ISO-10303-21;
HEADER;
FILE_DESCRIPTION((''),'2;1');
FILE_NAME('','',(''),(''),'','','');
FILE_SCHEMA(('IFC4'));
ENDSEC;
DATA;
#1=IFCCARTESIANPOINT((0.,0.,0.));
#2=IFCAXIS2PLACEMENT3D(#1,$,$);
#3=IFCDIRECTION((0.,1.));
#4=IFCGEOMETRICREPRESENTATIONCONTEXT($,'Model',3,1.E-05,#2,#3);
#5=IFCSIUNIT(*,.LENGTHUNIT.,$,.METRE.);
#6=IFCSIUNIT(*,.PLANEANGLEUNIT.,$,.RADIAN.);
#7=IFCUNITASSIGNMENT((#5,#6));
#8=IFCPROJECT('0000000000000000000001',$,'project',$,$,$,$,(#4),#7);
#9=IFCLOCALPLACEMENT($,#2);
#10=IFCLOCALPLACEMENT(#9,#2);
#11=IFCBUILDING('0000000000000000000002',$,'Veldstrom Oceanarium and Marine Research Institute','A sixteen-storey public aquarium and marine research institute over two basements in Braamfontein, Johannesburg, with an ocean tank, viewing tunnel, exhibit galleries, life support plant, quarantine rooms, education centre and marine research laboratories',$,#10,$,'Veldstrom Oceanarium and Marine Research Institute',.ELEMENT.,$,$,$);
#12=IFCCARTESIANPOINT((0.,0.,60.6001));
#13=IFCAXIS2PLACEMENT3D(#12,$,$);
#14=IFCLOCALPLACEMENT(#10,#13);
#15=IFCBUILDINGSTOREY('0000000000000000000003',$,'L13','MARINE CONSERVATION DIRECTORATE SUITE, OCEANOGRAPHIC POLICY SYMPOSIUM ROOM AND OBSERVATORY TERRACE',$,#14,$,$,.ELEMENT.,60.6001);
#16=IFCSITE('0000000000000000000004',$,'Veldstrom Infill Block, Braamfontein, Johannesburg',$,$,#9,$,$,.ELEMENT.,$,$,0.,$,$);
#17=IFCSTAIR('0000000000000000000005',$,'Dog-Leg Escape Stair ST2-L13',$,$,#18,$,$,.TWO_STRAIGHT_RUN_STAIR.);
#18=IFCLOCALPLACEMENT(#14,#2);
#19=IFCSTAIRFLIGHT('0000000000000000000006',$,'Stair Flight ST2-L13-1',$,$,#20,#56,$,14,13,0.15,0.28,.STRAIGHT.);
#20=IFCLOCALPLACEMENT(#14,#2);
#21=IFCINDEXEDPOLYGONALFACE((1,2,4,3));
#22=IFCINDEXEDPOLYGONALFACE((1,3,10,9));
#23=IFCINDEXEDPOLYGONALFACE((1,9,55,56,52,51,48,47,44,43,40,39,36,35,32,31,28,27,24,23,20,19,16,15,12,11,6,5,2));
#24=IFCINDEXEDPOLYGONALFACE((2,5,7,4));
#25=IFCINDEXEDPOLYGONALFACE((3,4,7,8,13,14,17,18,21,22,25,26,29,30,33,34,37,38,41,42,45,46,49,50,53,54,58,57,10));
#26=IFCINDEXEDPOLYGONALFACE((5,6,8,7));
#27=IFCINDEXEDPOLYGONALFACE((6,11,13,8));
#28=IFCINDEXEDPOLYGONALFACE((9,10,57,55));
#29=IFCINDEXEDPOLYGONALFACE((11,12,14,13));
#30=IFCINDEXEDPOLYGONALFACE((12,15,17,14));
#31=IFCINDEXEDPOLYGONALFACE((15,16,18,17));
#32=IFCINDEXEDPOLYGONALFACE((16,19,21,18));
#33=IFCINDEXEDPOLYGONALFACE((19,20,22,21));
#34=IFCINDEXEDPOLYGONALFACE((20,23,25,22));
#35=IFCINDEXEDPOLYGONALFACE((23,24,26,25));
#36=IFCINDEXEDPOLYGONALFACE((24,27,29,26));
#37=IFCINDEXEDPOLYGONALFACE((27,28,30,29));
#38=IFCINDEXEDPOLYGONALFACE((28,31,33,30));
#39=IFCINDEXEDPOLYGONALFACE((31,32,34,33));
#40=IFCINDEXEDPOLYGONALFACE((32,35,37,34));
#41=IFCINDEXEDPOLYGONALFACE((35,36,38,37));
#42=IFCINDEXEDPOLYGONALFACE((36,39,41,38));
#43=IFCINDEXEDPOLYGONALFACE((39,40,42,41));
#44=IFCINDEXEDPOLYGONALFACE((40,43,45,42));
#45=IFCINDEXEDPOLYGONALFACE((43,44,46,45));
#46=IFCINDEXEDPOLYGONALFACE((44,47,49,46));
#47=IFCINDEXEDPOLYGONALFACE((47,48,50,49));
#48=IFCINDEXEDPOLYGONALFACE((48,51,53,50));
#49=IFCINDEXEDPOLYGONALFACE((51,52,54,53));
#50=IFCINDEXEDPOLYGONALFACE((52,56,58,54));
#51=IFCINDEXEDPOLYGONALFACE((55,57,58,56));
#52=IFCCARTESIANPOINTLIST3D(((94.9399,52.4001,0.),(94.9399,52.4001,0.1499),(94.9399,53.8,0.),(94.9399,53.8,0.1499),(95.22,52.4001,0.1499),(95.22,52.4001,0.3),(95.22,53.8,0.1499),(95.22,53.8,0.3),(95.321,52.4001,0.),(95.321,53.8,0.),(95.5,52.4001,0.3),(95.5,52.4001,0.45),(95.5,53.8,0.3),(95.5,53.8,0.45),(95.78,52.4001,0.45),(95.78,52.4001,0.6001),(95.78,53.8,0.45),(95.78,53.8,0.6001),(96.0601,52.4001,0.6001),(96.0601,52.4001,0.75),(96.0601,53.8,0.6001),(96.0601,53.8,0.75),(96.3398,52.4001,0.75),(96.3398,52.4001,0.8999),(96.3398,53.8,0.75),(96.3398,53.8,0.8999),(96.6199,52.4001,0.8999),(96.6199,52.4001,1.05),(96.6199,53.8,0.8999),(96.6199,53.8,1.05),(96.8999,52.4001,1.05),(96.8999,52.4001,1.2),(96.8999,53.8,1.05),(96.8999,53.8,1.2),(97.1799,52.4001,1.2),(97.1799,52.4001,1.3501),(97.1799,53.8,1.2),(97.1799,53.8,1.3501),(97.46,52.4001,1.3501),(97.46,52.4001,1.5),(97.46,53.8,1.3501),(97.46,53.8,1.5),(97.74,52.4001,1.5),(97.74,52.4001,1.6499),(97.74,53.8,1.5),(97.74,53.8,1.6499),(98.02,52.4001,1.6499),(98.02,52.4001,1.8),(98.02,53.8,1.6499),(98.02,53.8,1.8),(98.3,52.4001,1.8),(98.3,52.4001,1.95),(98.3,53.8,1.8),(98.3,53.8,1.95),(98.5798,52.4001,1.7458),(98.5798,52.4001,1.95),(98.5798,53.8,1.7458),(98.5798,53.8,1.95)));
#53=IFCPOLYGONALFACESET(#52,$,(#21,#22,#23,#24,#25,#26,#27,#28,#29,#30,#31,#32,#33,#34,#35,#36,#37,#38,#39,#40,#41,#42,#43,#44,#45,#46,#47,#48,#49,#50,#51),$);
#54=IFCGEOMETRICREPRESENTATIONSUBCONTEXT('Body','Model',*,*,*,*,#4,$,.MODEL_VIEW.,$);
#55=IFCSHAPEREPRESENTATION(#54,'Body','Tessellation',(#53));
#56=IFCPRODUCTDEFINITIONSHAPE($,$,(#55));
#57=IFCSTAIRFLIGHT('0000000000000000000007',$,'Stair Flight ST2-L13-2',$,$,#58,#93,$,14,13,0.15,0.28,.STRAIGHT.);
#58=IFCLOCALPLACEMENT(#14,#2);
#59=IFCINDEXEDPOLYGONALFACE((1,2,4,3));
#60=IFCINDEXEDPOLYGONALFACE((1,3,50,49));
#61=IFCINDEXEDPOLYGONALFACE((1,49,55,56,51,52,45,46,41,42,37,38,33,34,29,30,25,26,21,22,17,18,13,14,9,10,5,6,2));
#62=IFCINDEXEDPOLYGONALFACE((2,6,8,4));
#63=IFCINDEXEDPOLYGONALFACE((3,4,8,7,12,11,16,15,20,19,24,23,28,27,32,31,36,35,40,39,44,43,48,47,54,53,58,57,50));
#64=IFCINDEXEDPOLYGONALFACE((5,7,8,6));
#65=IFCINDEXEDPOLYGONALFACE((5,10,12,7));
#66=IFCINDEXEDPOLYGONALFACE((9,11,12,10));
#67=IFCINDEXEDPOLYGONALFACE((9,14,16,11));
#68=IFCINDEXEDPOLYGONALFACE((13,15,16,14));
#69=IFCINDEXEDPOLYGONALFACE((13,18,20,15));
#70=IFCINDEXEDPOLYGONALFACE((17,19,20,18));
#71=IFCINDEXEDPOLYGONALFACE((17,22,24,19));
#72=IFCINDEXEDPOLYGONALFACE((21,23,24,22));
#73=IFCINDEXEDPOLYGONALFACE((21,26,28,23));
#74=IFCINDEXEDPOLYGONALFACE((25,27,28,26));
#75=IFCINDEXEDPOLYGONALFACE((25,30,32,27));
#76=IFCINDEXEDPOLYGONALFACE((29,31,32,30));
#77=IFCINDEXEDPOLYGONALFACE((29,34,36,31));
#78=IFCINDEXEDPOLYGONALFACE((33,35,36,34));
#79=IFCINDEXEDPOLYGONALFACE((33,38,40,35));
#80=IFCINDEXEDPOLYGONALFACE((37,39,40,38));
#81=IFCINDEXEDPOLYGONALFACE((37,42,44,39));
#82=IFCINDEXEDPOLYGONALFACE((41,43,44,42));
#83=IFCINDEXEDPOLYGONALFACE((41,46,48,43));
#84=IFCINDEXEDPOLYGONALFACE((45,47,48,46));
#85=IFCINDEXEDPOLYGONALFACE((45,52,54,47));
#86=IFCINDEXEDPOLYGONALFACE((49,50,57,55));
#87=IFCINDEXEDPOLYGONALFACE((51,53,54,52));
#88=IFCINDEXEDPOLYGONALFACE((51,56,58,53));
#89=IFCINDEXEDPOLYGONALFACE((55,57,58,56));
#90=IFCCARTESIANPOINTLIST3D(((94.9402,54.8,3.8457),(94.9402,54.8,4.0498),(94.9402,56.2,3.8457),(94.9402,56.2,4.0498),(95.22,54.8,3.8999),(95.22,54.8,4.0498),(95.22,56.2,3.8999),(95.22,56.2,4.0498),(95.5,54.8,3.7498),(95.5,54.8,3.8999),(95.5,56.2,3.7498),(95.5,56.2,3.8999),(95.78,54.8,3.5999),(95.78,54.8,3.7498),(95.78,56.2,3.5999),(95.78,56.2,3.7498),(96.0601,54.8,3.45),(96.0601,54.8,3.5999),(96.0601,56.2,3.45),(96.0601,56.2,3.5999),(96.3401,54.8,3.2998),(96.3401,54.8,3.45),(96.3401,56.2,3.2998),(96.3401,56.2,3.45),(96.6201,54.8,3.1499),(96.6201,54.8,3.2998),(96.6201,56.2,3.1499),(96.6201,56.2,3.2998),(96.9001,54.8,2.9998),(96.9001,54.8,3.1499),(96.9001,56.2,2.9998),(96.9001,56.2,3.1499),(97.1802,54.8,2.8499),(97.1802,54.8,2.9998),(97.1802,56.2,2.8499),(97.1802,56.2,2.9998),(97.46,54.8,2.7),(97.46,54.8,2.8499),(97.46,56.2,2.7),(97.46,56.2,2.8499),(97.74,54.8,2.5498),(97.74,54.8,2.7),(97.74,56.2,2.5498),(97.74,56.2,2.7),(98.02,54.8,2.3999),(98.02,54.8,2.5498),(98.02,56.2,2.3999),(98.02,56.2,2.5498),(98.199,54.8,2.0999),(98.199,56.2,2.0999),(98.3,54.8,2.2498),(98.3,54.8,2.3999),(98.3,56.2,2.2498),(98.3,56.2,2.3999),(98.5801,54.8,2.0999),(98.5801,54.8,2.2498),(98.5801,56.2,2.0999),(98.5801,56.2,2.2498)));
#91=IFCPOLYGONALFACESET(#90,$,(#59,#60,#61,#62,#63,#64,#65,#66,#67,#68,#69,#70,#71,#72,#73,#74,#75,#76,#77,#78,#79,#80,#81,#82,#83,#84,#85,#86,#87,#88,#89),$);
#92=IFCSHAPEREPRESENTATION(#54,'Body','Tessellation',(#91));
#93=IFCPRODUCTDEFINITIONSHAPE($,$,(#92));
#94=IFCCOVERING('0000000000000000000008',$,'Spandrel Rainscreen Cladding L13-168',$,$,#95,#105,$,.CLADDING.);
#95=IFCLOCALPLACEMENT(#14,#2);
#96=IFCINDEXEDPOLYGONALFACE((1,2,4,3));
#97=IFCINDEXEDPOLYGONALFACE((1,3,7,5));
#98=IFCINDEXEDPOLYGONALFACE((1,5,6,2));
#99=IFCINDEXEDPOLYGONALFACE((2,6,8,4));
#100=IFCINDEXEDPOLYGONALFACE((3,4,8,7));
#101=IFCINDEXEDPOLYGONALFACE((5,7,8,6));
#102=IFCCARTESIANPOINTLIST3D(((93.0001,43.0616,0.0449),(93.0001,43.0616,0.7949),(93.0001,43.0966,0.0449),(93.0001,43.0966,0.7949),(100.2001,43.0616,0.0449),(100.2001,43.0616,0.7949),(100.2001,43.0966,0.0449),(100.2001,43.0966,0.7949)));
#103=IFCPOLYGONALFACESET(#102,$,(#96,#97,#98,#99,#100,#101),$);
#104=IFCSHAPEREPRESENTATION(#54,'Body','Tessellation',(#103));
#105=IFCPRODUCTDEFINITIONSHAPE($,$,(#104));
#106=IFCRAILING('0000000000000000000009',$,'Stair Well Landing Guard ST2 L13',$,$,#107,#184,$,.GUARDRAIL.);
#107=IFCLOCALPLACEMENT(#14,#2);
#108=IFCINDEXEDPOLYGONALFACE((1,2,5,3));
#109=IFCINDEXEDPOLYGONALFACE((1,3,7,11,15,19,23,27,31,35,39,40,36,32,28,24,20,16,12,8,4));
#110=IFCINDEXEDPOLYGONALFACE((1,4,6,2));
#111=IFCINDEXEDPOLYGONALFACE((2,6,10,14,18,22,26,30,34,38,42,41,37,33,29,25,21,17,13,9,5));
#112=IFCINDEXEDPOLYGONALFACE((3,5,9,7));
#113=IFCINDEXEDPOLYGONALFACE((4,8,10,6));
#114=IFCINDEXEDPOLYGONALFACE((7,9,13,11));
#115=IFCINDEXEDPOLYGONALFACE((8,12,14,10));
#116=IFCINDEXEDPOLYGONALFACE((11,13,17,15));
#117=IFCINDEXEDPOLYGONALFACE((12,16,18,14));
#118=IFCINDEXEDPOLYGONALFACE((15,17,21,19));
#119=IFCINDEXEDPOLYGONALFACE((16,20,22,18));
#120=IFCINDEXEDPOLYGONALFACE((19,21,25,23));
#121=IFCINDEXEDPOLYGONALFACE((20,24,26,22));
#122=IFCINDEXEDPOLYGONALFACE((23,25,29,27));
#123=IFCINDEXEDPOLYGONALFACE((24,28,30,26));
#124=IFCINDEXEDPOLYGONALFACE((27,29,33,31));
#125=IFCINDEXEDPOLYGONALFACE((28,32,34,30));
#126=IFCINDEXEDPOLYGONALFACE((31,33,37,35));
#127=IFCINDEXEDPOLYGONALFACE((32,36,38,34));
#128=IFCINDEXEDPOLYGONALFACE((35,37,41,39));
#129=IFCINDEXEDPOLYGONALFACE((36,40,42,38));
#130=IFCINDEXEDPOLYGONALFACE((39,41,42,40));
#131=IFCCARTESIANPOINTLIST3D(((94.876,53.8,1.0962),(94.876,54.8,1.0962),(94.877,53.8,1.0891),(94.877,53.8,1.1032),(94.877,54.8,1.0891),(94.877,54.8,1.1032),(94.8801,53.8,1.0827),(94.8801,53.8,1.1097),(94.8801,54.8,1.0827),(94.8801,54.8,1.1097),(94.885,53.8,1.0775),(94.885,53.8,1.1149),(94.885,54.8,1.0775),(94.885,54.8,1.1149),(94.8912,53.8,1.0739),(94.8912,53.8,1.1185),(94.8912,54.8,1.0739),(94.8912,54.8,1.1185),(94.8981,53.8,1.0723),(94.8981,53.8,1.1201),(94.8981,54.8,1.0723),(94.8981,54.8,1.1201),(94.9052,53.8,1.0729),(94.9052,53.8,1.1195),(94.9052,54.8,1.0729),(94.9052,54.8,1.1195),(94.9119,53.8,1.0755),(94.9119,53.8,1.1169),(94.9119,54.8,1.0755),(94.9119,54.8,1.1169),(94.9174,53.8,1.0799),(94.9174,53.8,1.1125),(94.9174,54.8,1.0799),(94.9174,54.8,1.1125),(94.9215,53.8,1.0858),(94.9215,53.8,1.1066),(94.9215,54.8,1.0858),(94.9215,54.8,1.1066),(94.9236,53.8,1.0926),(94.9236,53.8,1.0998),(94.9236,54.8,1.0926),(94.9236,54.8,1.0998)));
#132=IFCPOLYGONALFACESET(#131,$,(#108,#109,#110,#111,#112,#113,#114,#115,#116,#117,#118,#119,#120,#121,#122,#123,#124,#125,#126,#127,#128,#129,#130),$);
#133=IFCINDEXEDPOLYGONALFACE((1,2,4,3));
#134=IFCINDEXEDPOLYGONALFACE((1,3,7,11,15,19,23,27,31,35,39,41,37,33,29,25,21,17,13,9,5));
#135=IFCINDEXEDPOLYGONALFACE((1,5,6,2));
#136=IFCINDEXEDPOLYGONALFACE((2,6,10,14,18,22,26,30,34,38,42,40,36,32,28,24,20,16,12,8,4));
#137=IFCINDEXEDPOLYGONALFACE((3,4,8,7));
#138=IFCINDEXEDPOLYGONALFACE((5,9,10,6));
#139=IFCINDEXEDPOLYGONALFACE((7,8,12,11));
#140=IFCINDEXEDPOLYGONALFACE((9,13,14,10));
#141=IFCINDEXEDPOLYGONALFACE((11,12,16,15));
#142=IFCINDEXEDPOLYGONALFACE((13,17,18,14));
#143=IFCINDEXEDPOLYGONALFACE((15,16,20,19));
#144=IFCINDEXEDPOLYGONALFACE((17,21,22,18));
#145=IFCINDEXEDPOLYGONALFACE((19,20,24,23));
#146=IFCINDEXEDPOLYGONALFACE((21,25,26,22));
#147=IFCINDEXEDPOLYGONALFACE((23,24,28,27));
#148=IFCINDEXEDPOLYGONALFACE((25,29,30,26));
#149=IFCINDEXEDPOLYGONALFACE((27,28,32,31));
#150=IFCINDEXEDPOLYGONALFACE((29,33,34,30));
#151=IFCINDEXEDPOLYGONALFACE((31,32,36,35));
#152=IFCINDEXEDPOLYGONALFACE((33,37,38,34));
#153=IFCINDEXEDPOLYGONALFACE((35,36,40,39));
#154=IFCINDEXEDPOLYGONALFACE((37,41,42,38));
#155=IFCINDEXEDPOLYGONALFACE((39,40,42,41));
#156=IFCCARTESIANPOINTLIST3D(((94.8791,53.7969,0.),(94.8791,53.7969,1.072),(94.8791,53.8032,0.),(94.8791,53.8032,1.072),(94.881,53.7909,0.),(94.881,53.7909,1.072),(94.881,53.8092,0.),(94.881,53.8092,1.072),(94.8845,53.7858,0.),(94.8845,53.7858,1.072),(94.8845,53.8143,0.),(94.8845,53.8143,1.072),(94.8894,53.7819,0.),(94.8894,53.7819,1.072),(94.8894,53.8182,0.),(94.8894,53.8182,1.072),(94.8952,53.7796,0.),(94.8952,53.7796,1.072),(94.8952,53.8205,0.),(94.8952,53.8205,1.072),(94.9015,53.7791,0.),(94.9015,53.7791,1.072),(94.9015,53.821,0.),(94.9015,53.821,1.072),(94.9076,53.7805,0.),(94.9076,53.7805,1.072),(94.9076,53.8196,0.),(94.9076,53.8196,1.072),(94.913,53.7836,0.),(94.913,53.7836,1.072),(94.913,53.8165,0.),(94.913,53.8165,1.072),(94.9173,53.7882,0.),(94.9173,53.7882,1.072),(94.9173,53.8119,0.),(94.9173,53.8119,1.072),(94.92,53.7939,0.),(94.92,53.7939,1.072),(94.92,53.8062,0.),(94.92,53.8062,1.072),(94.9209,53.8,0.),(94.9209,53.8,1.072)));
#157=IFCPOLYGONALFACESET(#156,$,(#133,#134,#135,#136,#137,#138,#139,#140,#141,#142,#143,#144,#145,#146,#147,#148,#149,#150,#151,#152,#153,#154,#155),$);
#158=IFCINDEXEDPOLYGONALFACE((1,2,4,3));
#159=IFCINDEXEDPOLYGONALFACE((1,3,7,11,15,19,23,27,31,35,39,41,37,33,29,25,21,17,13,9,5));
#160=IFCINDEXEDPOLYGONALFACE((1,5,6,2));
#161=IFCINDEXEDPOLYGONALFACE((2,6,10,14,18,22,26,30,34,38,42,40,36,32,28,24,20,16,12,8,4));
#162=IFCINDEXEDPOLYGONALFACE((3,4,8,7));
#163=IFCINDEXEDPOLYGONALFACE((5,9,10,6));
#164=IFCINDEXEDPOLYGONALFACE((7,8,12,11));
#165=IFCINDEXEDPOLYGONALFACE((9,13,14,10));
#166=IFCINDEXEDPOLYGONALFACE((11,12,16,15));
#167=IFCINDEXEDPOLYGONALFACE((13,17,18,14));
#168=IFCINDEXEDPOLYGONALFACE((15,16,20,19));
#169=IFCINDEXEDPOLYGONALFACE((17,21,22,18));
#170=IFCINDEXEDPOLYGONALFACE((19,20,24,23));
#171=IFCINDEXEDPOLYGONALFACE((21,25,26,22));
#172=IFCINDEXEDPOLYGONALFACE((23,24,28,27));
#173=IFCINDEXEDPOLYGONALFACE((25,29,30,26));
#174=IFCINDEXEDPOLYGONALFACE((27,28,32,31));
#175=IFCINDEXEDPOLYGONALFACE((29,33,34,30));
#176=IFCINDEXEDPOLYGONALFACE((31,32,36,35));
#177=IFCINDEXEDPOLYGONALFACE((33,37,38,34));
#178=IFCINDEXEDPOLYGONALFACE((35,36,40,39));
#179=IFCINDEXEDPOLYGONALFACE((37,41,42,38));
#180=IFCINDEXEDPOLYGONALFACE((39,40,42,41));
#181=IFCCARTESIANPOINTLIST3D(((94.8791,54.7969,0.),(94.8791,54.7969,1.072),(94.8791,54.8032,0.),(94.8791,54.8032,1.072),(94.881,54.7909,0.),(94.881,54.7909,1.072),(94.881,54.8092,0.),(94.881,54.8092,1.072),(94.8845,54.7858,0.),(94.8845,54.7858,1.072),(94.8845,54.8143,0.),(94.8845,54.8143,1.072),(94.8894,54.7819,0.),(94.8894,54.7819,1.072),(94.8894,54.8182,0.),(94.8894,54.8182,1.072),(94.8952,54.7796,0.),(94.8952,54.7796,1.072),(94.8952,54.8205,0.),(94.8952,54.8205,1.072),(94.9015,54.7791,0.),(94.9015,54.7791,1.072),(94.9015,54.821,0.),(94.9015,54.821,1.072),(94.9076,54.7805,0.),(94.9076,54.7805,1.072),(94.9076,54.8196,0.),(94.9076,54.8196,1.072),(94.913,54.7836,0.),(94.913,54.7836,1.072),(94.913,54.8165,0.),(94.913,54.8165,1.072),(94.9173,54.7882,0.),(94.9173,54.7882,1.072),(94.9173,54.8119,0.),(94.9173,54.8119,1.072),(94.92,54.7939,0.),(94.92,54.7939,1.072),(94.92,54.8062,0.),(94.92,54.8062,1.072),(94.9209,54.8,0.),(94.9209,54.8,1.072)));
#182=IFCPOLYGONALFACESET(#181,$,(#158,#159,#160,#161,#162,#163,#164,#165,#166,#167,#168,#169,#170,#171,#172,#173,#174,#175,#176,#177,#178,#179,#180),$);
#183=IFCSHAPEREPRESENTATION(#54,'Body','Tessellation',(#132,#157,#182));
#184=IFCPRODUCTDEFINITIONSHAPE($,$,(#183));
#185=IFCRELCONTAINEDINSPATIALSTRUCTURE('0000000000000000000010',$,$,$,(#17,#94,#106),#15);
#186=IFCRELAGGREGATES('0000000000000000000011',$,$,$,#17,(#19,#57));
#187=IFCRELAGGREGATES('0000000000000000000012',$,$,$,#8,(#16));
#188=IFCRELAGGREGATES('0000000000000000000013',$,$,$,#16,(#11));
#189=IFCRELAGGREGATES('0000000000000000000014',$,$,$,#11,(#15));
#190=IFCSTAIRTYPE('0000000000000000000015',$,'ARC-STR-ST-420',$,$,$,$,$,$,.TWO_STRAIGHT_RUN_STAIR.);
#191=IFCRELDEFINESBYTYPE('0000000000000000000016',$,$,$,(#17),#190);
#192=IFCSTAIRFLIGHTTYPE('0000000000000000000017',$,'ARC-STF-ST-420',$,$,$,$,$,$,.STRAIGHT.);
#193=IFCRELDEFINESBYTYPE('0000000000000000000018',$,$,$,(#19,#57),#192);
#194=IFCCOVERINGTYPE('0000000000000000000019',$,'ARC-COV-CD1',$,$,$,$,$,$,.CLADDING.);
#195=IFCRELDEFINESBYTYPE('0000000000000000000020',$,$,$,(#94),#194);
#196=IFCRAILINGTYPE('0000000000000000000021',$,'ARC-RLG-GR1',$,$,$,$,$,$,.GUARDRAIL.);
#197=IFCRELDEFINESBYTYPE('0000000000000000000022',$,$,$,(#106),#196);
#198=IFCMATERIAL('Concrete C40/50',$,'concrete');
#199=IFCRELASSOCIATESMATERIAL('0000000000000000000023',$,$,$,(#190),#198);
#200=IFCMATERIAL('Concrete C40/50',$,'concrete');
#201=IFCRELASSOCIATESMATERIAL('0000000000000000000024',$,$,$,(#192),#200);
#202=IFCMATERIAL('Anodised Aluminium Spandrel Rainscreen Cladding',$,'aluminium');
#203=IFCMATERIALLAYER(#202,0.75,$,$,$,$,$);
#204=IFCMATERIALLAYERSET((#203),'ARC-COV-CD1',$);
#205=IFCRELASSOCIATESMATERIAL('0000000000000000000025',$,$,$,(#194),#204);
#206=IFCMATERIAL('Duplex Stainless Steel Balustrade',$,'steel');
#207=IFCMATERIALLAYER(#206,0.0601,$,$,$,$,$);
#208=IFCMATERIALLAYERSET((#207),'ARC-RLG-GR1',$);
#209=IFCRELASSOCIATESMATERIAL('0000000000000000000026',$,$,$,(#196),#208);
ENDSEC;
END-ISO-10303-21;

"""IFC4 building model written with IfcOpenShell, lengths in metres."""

from ifc_helpers import new_model, si_unit, direction, frame, origin, origin_2d, place, context, subcontext, project, spatial, polyline, rectangle, circle, outline, extrude, material, layer, layer_set, type_object, element, aggregate, save


model = new_model("IFC4")

# Units and contexts
model_context = context("Model", 3, precision=1e-05, world=origin(), true_north=direction((0.0, 1.0)))
body_context = subcontext(model_context, "Body", "Model", "MODEL_VIEW")
ifc_project = project(units=[si_unit("LENGTHUNIT", "METRE"), si_unit("PLANEANGLEUNIT", "RADIAN")], contexts=[model_context])

# Site, building, storey
site_placement = place(None, origin())
site = spatial("IfcSite", under=ifc_project, at=site_placement, Name="Veldstrom Infill Block, Braamfontein, Johannesburg", CompositionType="ELEMENT", RefElevation=0.0)
building_placement = place(site_placement, origin())
building = spatial("IfcBuilding", under=site, at=building_placement, Name="Veldstrom Oceanarium and Marine Research Institute", Description="A sixteen-storey public aquarium and marine research institute over two basements in Braamfontein, Johannesburg, with an ocean tank, viewing tunnel, exhibit galleries, life support plant, quarantine rooms, education centre and marine research laboratories", LongName="Veldstrom Oceanarium and Marine Research Institute", CompositionType="ELEMENT")
storey_placement = place(building_placement, frame((0.0, 0.0, 60.6001)))
storey = spatial("IfcBuildingStorey", under=building, at=storey_placement, Name="L13", Description="MARINE CONSERVATION DIRECTORATE SUITE, OCEANOGRAPHIC POLICY SYMPOSIUM ROOM AND OBSERVATORY TERRACE", CompositionType="ELEMENT", Elevation=60.6001)

# Stair, stair flights
ifc_material_1 = material(Name="Concrete C40/50", Category="concrete")
stair_type = type_object("IfcStairType", Name="ARC-STR-ST-420", PredefinedType="TWO_STRAIGHT_RUN_STAIR", material=ifc_material_1)
stair_placement = place(storey_placement, origin())
stair = element("IfcStair", 1, at=stair_placement, inside=storey, type_object=stair_type, Name="Dog-Leg Escape Stair ST2-L13", PredefinedType="TWO_STRAIGHT_RUN_STAIR")
ifc_material_2 = material(Name="Concrete C40/50", Category="concrete")
stair_flight_type = type_object("IfcStairFlightType", Name="ARC-STF-ST-420", PredefinedType="STRAIGHT", material=ifc_material_2)
stair_flight_1_placement = place(storey_placement, frame((94.9399, 53.1001, 0.0), z_axis=(0.0, 0.0, 1.0), x_axis=(1.0, 0.0, 0.0)))
stair_flight_1 = element("IfcStairFlight", 2, at=stair_flight_1_placement, type_object=stair_flight_type, Name="Stair Flight ST2-L13-1", NumberOfRisers=14, NumberOfTreads=13, PredefinedType="STRAIGHT", RiserHeight=0.15, TreadLength=0.28, context=body_context, shape_type="SweptSolid", body=[
    extrude(outline(polyline([(0.0, 0.0), (0.0, 0.1499), (0.28, 0.1499), (0.28, 0.3), (0.5601, 0.3), (0.5601, 0.45), (0.8401, 0.45), (0.8401, 0.6001), (1.1201, 0.6001), (1.1201, 0.75), (1.3999, 0.75), (1.3999, 0.8999), (1.6799, 0.8999), (1.6799, 1.05), (1.96, 1.05), (1.96, 1.2), (2.24, 1.2), (2.24, 1.3501), (2.52, 1.3501), (2.52, 1.5), (2.8, 1.5), (2.8, 1.6499), (3.0801, 1.6499), (3.0801, 1.8), (3.3601, 1.8), (3.3601, 1.95), (3.6399, 1.95), (3.6399, 2.1001), (3.6399, 1.7458), (0.3811, 0.0), (0.0, 0.0)])), frame((0.0, 0.7, 0.0), z_axis=(0.0, -1.0, 0.0), x_axis=(1.0, 0.0, 0.0)), (0.0, 0.0, 1.0), 1.3999),
])
stair_flight_2_placement = place(storey_placement, frame((98.5801, 55.5, 2.0999), z_axis=(0.0, 0.0, 1.0), x_axis=(-1.0, 0.0, 0.0)))
stair_flight_2 = element("IfcStairFlight", 3, at=stair_flight_2_placement, type_object=stair_flight_type, Name="Stair Flight ST2-L13-2", NumberOfRisers=14, NumberOfTreads=13, PredefinedType="STRAIGHT", RiserHeight=0.15, TreadLength=0.28, context=body_context, shape_type="SweptSolid", body=[
    extrude(outline(polyline([(0.0, 0.0), (0.0, 0.1499), (0.28, 0.1499), (0.28, 0.3), (0.5601, 0.3), (0.5601, 0.45), (0.8401, 0.45), (0.8401, 0.6001), (1.1201, 0.6001), (1.1201, 0.75), (1.3999, 0.75), (1.3999, 0.8999), (1.6799, 0.8999), (1.6799, 1.05), (1.96, 1.05), (1.96, 1.2), (2.24, 1.2), (2.24, 1.3501), (2.52, 1.3501), (2.52, 1.5), (2.8, 1.5), (2.8, 1.6499), (3.0801, 1.6499), (3.0801, 1.8), (3.3601, 1.8), (3.3601, 1.95), (3.6399, 1.95), (3.6399, 2.1001), (3.6399, 1.7458), (0.3811, 0.0), (0.0, 0.0)])), frame((0.0, 0.7, 0.0), z_axis=(0.0, -1.0, 0.0), x_axis=(1.0, 0.0, 0.0)), (0.0, 0.0, 1.0), 1.3999),
])
aggregate(stair, [stair_flight_1, stair_flight_2])

# Covering
ifc_material_3 = material(Name="Anodised Aluminium Spandrel Rainscreen Cladding", Category="aluminium")
ifc_layer_1 = layer(ifc_material_3, 0.75)
ifc_layer_set_1 = layer_set([ifc_layer_1], Name="ARC-COV-CD1")
covering_type = type_object("IfcCoveringType", Name="ARC-COV-CD1", PredefinedType="CLADDING", material=ifc_layer_set_1)
covering_placement = place(storey_placement, frame((96.6001, 43.0791, 0.0449), z_axis=(0.0, 0.0, 1.0), x_axis=(1.0, 0.0, 0.0)))
element("IfcCovering", 4, at=covering_placement, inside=storey, type_object=covering_type, Name="Spandrel Rainscreen Cladding L13-168", PredefinedType="CLADDING", context=body_context, shape_type="SweptSolid", body=[
    extrude(rectangle(XDim=7.2, YDim=0.0349, at=origin_2d()), origin(), (0.0, 0.0, 1.0), 0.75),
])

# Railing
ifc_material_4 = material(Name="Duplex Stainless Steel Balustrade", Category="steel")
ifc_layer_2 = layer(ifc_material_4, 0.0601)
ifc_layer_set_2 = layer_set([ifc_layer_2], Name="ARC-RLG-GR1")
railing_type_1 = type_object("IfcRailingType", Name="ARC-RLG-GR1", PredefinedType="GUARDRAIL", material=ifc_layer_set_2)
railing_1_placement = place(storey_placement, frame((94.8999, 53.8, 0.0)))
element("IfcRailing", 5, at=railing_1_placement, inside=storey, type_object=railing_type_1, Name="Stair Well Landing Guard ST2 L13", PredefinedType="GUARDRAIL", context=body_context, shape_type="SweptSolid", body=[
    extrude(circle(Radius=0.0239, at=origin_2d()), frame((0.0, 0.0, 1.0962), z_axis=(0.0, 1.0, 0.0), x_axis=(-1.0, 0.0, 0.0)), (0.0, 0.0, 1.0), 1.0),
    extrude(circle(Radius=0.021, at=origin_2d()), origin(), (0.0, 0.0, 1.0), 1.072),
    extrude(circle(Radius=0.021, at=origin_2d()), frame((0.0, 1.0, 0.0)), (0.0, 0.0, 1.0), 1.072),
])

save(model, "model.ifc")
